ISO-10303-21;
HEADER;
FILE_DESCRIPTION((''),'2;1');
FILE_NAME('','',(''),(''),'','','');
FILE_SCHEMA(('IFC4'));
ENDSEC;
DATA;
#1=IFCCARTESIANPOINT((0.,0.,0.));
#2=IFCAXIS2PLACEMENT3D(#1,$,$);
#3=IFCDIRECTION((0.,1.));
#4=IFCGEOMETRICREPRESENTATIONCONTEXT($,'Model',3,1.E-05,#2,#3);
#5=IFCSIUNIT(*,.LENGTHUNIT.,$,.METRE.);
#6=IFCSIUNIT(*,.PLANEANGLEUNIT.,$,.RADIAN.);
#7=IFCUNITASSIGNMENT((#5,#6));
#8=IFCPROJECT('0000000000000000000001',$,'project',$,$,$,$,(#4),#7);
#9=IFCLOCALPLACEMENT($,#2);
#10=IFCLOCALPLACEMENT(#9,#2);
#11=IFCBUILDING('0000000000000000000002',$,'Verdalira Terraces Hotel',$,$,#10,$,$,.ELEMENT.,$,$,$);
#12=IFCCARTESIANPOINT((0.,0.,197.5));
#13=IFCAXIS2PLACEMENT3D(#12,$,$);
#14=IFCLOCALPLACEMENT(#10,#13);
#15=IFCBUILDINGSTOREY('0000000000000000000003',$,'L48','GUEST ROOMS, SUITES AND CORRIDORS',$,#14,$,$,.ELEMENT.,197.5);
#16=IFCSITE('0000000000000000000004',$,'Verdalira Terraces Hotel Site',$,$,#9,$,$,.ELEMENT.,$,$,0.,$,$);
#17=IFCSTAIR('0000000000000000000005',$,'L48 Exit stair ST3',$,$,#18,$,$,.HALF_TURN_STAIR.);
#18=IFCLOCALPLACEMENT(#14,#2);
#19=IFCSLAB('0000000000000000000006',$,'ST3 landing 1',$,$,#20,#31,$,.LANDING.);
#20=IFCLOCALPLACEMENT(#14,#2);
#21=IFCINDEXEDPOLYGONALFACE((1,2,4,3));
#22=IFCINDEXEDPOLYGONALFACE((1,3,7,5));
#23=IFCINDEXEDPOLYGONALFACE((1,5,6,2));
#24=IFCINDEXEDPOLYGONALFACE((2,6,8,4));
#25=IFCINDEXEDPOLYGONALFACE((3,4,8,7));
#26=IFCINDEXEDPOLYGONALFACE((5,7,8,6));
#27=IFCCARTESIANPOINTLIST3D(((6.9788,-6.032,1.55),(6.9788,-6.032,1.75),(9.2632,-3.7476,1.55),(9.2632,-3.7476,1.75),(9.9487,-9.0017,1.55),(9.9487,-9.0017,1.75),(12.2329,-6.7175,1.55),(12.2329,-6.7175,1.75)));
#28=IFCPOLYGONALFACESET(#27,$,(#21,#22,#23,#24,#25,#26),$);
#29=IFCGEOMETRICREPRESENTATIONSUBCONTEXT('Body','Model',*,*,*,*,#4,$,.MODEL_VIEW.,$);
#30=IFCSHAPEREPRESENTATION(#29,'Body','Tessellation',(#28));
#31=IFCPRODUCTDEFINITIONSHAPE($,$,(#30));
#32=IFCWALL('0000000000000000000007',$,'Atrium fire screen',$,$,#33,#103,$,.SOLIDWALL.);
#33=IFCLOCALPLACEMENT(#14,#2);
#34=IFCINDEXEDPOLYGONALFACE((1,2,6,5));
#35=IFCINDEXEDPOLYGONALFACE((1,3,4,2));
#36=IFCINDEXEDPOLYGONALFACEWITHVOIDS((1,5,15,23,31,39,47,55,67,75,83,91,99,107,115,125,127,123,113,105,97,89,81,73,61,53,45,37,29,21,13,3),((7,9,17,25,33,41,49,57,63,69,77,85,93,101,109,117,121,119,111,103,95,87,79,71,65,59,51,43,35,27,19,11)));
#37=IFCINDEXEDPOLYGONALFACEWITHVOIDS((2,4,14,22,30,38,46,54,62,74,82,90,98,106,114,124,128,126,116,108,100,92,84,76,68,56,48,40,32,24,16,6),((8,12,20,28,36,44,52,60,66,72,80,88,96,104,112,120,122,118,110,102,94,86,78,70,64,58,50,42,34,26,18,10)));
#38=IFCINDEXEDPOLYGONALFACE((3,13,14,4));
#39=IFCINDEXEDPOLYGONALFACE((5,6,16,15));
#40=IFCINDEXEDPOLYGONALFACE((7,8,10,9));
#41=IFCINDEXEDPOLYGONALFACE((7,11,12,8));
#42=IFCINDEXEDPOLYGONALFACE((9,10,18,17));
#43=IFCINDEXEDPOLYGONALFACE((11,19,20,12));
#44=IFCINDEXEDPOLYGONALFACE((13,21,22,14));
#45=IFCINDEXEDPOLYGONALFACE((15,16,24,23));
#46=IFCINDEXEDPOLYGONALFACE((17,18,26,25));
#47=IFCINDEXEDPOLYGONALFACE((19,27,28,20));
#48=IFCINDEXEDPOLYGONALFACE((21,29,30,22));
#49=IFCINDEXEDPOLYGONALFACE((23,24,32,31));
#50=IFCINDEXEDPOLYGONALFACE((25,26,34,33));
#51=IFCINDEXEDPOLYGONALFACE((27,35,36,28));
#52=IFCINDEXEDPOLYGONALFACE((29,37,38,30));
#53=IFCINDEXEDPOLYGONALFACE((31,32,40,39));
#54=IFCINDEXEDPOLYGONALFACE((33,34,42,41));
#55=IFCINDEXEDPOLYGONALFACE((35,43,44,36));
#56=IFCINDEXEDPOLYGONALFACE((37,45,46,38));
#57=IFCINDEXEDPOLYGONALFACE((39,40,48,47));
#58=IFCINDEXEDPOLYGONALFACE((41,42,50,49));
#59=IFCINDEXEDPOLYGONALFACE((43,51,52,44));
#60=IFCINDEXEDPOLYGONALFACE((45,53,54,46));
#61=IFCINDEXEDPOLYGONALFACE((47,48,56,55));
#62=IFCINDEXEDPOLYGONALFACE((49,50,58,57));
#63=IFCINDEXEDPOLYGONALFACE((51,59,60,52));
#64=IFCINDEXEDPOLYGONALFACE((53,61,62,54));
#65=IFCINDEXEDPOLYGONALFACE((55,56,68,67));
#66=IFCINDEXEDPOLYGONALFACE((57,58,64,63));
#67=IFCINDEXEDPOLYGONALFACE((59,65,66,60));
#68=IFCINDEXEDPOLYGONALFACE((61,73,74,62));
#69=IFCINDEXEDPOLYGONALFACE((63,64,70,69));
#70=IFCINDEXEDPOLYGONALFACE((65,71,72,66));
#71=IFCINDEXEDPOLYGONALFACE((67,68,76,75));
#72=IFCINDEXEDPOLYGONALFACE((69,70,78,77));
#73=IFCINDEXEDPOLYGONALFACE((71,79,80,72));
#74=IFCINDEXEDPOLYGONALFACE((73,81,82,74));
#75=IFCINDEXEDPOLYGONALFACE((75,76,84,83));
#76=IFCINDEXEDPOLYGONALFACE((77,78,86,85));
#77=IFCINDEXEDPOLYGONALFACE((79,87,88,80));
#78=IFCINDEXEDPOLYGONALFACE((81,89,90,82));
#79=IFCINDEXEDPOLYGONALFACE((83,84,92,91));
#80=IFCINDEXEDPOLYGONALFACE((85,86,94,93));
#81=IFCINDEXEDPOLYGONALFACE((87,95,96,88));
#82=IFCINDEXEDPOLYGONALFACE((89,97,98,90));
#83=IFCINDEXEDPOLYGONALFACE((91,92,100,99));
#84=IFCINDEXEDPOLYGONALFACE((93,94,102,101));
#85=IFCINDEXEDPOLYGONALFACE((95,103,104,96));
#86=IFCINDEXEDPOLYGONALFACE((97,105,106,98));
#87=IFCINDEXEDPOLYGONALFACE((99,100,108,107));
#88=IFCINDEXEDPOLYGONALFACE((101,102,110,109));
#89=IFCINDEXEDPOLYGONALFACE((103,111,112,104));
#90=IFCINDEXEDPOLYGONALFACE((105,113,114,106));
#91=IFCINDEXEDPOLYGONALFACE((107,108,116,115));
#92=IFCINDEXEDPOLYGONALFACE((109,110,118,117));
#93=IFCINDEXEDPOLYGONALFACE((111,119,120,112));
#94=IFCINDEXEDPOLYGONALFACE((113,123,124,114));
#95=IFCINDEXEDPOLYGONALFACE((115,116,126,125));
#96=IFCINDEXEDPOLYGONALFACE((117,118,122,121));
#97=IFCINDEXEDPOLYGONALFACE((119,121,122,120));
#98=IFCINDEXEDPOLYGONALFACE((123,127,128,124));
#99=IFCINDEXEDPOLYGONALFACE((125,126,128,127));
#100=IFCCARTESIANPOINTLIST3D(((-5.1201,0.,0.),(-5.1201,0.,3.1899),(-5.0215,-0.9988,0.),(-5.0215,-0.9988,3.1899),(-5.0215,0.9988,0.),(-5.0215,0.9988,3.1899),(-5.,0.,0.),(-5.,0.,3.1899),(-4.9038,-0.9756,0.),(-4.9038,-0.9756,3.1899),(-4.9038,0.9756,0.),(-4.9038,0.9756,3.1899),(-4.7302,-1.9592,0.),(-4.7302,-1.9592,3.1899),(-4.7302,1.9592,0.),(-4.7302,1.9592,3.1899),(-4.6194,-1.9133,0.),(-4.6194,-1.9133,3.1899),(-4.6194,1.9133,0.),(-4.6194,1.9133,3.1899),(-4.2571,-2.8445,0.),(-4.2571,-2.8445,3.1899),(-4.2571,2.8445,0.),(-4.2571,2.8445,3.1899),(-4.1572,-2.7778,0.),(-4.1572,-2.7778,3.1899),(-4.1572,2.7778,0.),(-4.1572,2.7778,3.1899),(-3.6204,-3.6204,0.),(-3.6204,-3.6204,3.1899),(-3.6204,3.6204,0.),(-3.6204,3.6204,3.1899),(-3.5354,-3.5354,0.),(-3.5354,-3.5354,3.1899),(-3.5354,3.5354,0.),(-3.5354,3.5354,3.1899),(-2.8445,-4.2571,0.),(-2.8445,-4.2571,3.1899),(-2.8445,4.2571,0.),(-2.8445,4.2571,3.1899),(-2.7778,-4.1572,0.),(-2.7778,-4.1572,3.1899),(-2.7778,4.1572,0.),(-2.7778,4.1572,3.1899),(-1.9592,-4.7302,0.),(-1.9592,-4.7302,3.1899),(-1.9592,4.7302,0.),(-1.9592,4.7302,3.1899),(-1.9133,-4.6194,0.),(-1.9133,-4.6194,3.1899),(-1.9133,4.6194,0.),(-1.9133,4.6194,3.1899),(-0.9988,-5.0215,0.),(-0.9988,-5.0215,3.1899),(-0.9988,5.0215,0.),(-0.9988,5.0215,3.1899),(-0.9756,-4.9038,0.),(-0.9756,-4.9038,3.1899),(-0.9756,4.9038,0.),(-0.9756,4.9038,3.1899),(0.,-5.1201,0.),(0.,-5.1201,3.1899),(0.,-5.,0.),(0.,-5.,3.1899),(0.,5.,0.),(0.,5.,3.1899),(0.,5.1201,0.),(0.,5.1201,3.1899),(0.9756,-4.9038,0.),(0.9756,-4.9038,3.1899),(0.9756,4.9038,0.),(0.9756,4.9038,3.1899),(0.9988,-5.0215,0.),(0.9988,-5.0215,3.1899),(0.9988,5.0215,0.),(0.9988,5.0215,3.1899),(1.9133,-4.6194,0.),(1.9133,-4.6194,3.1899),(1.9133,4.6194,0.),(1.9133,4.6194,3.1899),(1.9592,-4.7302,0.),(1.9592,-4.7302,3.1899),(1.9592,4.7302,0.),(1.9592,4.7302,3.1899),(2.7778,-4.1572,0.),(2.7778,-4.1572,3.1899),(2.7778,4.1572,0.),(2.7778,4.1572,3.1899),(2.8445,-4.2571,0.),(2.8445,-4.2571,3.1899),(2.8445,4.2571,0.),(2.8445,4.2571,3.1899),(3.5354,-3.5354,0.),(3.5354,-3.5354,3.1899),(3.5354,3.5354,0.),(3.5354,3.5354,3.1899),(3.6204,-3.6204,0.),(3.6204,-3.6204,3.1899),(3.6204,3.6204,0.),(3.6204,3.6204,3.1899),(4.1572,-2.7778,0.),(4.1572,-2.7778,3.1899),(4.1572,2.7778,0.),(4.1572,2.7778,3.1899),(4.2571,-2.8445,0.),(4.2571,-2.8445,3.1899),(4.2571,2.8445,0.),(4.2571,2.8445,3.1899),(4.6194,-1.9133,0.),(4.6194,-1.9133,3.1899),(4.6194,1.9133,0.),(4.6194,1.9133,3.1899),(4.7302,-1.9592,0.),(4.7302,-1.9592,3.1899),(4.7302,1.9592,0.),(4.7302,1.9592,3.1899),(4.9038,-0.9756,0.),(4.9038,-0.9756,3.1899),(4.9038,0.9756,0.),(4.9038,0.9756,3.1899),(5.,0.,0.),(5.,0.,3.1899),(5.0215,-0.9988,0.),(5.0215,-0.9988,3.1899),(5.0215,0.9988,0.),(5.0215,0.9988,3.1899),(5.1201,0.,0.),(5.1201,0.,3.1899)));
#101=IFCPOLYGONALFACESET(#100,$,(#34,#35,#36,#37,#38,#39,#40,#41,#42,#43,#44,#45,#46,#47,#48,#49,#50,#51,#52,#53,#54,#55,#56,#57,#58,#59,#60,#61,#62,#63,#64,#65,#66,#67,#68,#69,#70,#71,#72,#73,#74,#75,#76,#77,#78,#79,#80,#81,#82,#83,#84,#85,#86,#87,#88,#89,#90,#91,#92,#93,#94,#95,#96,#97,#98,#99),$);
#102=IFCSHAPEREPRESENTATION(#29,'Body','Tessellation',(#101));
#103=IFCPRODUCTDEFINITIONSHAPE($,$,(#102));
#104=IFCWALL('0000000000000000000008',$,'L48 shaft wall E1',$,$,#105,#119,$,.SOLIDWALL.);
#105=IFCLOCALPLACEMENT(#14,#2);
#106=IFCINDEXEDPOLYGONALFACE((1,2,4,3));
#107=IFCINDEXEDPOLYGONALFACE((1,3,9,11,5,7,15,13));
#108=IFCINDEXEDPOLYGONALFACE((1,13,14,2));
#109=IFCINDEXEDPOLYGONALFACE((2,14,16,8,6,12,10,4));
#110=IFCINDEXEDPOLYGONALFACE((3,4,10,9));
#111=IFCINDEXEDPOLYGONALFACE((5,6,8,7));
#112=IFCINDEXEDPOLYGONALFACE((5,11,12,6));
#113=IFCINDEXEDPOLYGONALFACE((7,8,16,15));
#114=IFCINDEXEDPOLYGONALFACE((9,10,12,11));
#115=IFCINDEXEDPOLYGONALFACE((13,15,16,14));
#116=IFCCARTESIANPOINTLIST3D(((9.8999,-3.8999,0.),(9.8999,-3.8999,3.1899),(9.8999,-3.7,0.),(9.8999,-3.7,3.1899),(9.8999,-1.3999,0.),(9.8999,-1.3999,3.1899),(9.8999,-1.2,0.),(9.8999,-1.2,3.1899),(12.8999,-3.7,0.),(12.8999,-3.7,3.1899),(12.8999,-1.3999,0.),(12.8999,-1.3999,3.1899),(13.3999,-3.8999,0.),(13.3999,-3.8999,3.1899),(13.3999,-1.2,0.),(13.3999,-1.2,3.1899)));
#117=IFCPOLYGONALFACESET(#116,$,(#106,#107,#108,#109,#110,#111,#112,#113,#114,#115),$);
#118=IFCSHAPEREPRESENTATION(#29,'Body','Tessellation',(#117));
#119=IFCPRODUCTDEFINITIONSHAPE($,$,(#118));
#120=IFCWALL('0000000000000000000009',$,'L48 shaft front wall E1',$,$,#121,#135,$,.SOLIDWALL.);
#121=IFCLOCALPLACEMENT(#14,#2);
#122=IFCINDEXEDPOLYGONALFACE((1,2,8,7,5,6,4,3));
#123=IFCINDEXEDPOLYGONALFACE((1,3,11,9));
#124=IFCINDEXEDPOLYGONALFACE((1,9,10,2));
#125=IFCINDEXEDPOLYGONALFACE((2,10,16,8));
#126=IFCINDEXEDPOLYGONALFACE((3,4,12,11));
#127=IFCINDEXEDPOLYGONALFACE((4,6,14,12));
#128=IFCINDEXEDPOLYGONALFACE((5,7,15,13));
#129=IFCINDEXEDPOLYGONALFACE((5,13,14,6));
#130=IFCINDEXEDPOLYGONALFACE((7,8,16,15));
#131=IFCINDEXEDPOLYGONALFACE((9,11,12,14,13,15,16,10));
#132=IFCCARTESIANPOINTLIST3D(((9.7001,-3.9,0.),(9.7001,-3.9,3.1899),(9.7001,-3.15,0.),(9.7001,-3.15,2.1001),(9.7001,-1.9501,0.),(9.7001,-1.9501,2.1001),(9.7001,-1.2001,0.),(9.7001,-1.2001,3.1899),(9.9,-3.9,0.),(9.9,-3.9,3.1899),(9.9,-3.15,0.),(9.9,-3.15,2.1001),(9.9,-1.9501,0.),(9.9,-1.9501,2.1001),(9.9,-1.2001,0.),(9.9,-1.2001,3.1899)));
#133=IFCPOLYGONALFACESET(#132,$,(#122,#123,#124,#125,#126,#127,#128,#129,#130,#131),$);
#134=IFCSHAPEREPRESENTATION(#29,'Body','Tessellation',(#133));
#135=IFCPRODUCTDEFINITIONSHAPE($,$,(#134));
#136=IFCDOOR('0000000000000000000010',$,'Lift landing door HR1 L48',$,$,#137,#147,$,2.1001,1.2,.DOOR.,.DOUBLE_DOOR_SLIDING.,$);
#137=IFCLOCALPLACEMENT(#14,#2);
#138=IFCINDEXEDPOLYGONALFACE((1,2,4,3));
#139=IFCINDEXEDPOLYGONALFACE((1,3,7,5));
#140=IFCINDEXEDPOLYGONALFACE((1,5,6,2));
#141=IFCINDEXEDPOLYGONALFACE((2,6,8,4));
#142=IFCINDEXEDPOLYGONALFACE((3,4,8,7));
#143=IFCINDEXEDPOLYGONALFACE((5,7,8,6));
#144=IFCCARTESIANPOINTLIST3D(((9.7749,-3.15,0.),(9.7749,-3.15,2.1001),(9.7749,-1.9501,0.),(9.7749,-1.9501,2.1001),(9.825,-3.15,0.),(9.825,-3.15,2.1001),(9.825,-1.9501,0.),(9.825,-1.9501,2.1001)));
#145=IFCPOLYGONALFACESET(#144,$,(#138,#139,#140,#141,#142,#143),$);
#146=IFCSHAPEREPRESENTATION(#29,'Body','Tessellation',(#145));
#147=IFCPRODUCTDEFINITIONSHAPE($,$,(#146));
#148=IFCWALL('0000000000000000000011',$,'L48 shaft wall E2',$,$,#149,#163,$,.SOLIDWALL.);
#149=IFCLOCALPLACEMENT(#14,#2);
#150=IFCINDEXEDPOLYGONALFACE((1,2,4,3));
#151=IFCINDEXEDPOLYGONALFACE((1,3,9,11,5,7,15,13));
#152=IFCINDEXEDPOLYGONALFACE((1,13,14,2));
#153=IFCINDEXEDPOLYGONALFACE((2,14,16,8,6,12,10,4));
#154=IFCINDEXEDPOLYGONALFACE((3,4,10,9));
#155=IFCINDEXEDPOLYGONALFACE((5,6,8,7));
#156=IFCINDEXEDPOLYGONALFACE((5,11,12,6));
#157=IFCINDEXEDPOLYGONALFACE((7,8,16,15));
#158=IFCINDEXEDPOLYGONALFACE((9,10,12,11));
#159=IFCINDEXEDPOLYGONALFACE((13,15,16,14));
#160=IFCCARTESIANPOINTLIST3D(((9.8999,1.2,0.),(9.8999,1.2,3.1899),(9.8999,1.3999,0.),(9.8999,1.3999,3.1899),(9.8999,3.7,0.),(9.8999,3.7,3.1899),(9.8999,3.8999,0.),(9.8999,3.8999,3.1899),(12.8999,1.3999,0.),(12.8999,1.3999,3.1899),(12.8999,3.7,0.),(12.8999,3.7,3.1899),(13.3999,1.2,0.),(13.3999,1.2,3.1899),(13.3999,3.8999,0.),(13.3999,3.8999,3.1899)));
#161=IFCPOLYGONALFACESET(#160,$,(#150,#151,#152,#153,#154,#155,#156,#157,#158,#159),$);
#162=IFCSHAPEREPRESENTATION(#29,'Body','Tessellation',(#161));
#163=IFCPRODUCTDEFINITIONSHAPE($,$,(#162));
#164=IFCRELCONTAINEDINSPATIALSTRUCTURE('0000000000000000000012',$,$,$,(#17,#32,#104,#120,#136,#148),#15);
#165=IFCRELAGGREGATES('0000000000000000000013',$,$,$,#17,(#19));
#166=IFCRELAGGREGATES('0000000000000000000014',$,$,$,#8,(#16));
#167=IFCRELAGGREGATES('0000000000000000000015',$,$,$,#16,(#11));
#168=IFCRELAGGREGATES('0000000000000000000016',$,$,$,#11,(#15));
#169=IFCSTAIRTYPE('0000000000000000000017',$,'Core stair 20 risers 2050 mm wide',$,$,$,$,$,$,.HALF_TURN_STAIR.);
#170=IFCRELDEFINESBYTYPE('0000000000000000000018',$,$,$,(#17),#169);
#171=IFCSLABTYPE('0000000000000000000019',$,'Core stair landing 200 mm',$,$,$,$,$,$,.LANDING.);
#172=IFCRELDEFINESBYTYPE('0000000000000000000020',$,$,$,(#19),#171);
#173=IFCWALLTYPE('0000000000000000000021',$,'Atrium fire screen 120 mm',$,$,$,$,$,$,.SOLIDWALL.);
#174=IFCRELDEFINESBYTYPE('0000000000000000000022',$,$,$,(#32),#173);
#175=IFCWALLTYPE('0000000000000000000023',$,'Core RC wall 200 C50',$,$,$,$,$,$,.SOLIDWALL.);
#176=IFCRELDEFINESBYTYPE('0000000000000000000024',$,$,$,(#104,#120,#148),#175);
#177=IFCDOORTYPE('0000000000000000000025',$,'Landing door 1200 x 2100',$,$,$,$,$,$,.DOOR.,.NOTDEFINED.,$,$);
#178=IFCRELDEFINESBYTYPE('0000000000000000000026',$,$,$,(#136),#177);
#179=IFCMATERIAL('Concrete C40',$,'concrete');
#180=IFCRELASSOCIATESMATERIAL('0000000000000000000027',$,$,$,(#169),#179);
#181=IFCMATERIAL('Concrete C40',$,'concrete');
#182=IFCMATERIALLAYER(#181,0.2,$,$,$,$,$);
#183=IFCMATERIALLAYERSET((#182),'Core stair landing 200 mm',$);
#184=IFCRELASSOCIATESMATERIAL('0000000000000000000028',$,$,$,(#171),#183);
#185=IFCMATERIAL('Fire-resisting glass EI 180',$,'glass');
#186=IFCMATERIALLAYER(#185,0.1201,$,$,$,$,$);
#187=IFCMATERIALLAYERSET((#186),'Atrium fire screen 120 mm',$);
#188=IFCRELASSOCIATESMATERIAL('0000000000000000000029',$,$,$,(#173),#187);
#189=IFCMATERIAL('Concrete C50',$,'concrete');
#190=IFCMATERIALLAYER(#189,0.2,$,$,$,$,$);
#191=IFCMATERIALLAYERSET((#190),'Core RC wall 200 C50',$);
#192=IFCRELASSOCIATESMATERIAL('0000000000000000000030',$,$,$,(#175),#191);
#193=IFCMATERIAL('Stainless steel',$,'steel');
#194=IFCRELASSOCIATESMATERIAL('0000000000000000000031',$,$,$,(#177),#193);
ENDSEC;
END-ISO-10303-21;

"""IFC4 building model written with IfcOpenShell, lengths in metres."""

from ifc_helpers import new_model, si_unit, direction, frame, frame_2d, origin, place, context, subcontext, project, spatial, polyline, rectangle, outline, extrude, material, layer, layer_set, type_object, element, fill, aggregate, save


model = new_model("IFC4")

# Units and contexts
model_context = context("Model", 3, precision=1e-05, world=origin(), true_north=direction((0.0, 1.0)))
body_context = subcontext(model_context, "Body", "Model", "MODEL_VIEW")
ifc_project = project(units=[si_unit("LENGTHUNIT", "METRE"), si_unit("PLANEANGLEUNIT", "RADIAN")], contexts=[model_context])

# Site, building, storey
site_placement = place(None, origin())
site = spatial("IfcSite", under=ifc_project, at=site_placement, Name="Verdalira Terraces Hotel Site", CompositionType="ELEMENT", RefElevation=0.0)
building_placement = place(site_placement, origin())
building = spatial("IfcBuilding", under=site, at=building_placement, Name="Verdalira Terraces Hotel", CompositionType="ELEMENT")
storey_placement = place(building_placement, frame((0.0, 0.0, 197.5)))
storey = spatial("IfcBuildingStorey", under=building, at=storey_placement, Name="L48", Description="GUEST ROOMS, SUITES AND CORRIDORS", CompositionType="ELEMENT", Elevation=197.5)

# Stair, slab
ifc_material_1 = material(Name="Concrete C40", Category="concrete")
stair_type = type_object("IfcStairType", Name="Core stair 20 risers 2050 mm wide", PredefinedType="HALF_TURN_STAIR", material=ifc_material_1)
ifc_material_2 = material(Name="Concrete C40", Category="concrete")
ifc_layer_1 = layer(ifc_material_2, 0.2)
ifc_layer_set_1 = layer_set([ifc_layer_1], Name="Core stair landing 200 mm")
slab_type_1 = type_object("IfcSlabType", Name="Core stair landing 200 mm", PredefinedType="LANDING", material=ifc_layer_set_1)
stair_1_placement = place(storey_placement, origin())
stair_1 = element("IfcStair", 1, at=stair_1_placement, inside=storey, type_object=stair_type, Name="L48 Exit stair ST3", PredefinedType="HALF_TURN_STAIR")
slab_1_placement = place(storey_placement, frame((0.0, 0.0, 1.55)))
slab_1 = element("IfcSlab", 2, at=slab_1_placement, type_object=slab_type_1, Name="ST3 landing 1", PredefinedType="LANDING", context=body_context, shape_type="SweptSolid", body=[
    extrude(outline(polyline([(9.9487, -9.0017), (12.2329, -6.7175), (9.2632, -3.7476), (6.9788, -6.032), (9.9487, -9.0017)])), origin(), (0.0, 0.0, 1.0), 0.2),
])
aggregate(stair_1, [slab_1])

# Walls
ifc_material_3 = material(Name="Fire-resisting glass EI 180", Category="glass")
ifc_layer_2 = layer(ifc_material_3, 0.1201)
ifc_layer_set_2 = layer_set([ifc_layer_2], Name="Atrium fire screen 120 mm")
wall_type_1 = type_object("IfcWallType", Name="Atrium fire screen 120 mm", PredefinedType="SOLIDWALL", material=ifc_layer_set_2)
wall_1_placement = place(storey_placement, origin())
element("IfcWall", 3, at=wall_1_placement, inside=storey, type_object=wall_type_1, Name="Atrium fire screen", PredefinedType="SOLIDWALL", context=body_context, shape_type="SweptSolid", body=[
    extrude(outline(polyline([(5.0215, -0.9988), (4.7302, -1.9592), (4.2571, -2.8445), (3.6204, -3.6204), (2.8445, -4.2571), (1.9592, -4.7302), (0.9988, -5.0215), (0.0, -5.1201), (-0.9988, -5.0215), (-1.9592, -4.7302), (-2.8445, -4.2571), (-3.6204, -3.6204), (-4.2571, -2.8445), (-4.7302, -1.9592), (-5.0215, -0.9988), (-5.1201, 0.0), (-5.0215, 0.9988), (-4.7302, 1.9592), (-4.2571, 2.8445), (-3.6204, 3.6204), (-2.8445, 4.2571), (-1.9592, 4.7302), (-0.9988, 5.0215), (0.0, 5.1201), (0.9988, 5.0215), (1.9592, 4.7302), (2.8445, 4.2571), (3.6204, 3.6204), (4.2571, 2.8445), (4.7302, 1.9592), (5.0215, 0.9988), (5.1201, 0.0), (5.0215, -0.9988)]), holes=[polyline([(4.9038, 0.9756), (4.6194, 1.9133), (4.1572, 2.7778), (3.5354, 3.5354), (2.7778, 4.1572), (1.9133, 4.6194), (0.9756, 4.9038), (0.0, 5.0), (-0.9756, 4.9038), (-1.9133, 4.6194), (-2.7778, 4.1572), (-3.5354, 3.5354), (-4.1572, 2.7778), (-4.6194, 1.9133), (-4.9038, 0.9756), (-5.0, 0.0), (-4.9038, -0.9756), (-4.6194, -1.9133), (-4.1572, -2.7778), (-3.5354, -3.5354), (-2.7778, -4.1572), (-1.9133, -4.6194), (-0.9756, -4.9038), (0.0, -5.0), (0.9756, -4.9038), (1.9133, -4.6194), (2.7778, -4.1572), (3.5354, -3.5354), (4.1572, -2.7778), (4.6194, -1.9133), (4.9038, -0.9756), (5.0, 0.0), (4.9038, 0.9756)])]), origin(), (0.0, 0.0, 1.0), 3.1899),
])
ifc_material_4 = material(Name="Concrete C50", Category="concrete")
ifc_layer_3 = layer(ifc_material_4, 0.2)
ifc_layer_set_3 = layer_set([ifc_layer_3], Name="Core RC wall 200 C50")
wall_type_2 = type_object("IfcWallType", Name="Core RC wall 200 C50", PredefinedType="SOLIDWALL", material=ifc_layer_set_3)
wall_2_placement = place(storey_placement, origin())
element("IfcWall", 4, at=wall_2_placement, inside=storey, type_object=wall_type_2, Name="L48 shaft wall E1", PredefinedType="SOLIDWALL", context=body_context, shape_type="SweptSolid", body=[
    extrude(outline(polyline([(13.3999, -3.8999), (9.8999, -3.8999), (9.8999, -3.7), (12.8999, -3.7), (12.8999, -1.3999), (9.8999, -1.3999), (9.8999, -1.2), (13.3999, -1.2), (13.3999, -3.8999)])), origin(), (0.0, 0.0, 1.0), 3.1899),
])

# Wall, opening, door
wall_3_placement = place(storey_placement, frame((9.8, -1.2, 0.0), z_axis=(0.0, 0.0, 1.0), x_axis=(0.0, -1.0, 0.0)))
wall_3 = element("IfcWall", 5, at=wall_3_placement, inside=storey, type_object=wall_type_2, Name="L48 shaft front wall E1", PredefinedType="SOLIDWALL", context=body_context, shape_type="SweptSolid", body=[
    extrude(rectangle(XDim=2.7, YDim=0.2, at=frame_2d((1.3501, 0.0))), origin(), (0.0, 0.0, 1.0), 3.1899),
])
opening_1_placement = place(wall_3_placement, frame((0.75, 0.0, 0.0)))
opening_1 = element("IfcOpeningElement", 6, at=opening_1_placement, cuts=wall_3, PredefinedType="OPENING", context=body_context, shape_type="SweptSolid", body=[
    extrude(rectangle(XDim=1.2, YDim=2.1001, at=frame_2d((0.6001, 1.05))), frame((0.0, 0.1099, 0.0), z_axis=(0.0, -1.0, 0.0), x_axis=(1.0, 0.0, 0.0)), (0.0, 0.0, 1.0), 0.22),
])
ifc_material_5 = material(Name="Stainless steel", Category="steel")
door_type_1 = type_object("IfcDoorType", Name="Landing door 1200 x 2100", OperationType="NOTDEFINED", PredefinedType="DOOR", material=ifc_material_5)
door_1_placement = place(opening_1_placement, origin())
door_1 = element("IfcDoor", 7, at=door_1_placement, inside=storey, type_object=door_type_1, Name="Lift landing door HR1 L48", OperationType="DOUBLE_DOOR_SLIDING", OverallHeight=2.1001, OverallWidth=1.2, PredefinedType="DOOR", context=body_context, shape_type="SweptSolid", body=[
    extrude(rectangle(XDim=1.2, YDim=2.1001, at=frame_2d((0.6001, 1.05))), frame((0.0, 0.0249, 0.0), z_axis=(0.0, -1.0, 0.0), x_axis=(1.0, 0.0, 0.0)), (0.0, 0.0, 1.0), 0.05),
])
fill(opening_1, door_1)

# Wall
wall_4_placement = place(storey_placement, origin())
element("IfcWall", 8, at=wall_4_placement, inside=storey, type_object=wall_type_2, Name="L48 shaft wall E2", PredefinedType="SOLIDWALL", context=body_context, shape_type="SweptSolid", body=[
    extrude(outline(polyline([(13.3999, 3.8999), (13.3999, 1.2), (9.8999, 1.2), (9.8999, 1.3999), (12.8999, 1.3999), (12.8999, 3.7), (9.8999, 3.7), (9.8999, 3.8999), (13.3999, 3.8999)])), origin(), (0.0, 0.0, 1.0), 3.1899),
])

save(model, "model.ifc")
